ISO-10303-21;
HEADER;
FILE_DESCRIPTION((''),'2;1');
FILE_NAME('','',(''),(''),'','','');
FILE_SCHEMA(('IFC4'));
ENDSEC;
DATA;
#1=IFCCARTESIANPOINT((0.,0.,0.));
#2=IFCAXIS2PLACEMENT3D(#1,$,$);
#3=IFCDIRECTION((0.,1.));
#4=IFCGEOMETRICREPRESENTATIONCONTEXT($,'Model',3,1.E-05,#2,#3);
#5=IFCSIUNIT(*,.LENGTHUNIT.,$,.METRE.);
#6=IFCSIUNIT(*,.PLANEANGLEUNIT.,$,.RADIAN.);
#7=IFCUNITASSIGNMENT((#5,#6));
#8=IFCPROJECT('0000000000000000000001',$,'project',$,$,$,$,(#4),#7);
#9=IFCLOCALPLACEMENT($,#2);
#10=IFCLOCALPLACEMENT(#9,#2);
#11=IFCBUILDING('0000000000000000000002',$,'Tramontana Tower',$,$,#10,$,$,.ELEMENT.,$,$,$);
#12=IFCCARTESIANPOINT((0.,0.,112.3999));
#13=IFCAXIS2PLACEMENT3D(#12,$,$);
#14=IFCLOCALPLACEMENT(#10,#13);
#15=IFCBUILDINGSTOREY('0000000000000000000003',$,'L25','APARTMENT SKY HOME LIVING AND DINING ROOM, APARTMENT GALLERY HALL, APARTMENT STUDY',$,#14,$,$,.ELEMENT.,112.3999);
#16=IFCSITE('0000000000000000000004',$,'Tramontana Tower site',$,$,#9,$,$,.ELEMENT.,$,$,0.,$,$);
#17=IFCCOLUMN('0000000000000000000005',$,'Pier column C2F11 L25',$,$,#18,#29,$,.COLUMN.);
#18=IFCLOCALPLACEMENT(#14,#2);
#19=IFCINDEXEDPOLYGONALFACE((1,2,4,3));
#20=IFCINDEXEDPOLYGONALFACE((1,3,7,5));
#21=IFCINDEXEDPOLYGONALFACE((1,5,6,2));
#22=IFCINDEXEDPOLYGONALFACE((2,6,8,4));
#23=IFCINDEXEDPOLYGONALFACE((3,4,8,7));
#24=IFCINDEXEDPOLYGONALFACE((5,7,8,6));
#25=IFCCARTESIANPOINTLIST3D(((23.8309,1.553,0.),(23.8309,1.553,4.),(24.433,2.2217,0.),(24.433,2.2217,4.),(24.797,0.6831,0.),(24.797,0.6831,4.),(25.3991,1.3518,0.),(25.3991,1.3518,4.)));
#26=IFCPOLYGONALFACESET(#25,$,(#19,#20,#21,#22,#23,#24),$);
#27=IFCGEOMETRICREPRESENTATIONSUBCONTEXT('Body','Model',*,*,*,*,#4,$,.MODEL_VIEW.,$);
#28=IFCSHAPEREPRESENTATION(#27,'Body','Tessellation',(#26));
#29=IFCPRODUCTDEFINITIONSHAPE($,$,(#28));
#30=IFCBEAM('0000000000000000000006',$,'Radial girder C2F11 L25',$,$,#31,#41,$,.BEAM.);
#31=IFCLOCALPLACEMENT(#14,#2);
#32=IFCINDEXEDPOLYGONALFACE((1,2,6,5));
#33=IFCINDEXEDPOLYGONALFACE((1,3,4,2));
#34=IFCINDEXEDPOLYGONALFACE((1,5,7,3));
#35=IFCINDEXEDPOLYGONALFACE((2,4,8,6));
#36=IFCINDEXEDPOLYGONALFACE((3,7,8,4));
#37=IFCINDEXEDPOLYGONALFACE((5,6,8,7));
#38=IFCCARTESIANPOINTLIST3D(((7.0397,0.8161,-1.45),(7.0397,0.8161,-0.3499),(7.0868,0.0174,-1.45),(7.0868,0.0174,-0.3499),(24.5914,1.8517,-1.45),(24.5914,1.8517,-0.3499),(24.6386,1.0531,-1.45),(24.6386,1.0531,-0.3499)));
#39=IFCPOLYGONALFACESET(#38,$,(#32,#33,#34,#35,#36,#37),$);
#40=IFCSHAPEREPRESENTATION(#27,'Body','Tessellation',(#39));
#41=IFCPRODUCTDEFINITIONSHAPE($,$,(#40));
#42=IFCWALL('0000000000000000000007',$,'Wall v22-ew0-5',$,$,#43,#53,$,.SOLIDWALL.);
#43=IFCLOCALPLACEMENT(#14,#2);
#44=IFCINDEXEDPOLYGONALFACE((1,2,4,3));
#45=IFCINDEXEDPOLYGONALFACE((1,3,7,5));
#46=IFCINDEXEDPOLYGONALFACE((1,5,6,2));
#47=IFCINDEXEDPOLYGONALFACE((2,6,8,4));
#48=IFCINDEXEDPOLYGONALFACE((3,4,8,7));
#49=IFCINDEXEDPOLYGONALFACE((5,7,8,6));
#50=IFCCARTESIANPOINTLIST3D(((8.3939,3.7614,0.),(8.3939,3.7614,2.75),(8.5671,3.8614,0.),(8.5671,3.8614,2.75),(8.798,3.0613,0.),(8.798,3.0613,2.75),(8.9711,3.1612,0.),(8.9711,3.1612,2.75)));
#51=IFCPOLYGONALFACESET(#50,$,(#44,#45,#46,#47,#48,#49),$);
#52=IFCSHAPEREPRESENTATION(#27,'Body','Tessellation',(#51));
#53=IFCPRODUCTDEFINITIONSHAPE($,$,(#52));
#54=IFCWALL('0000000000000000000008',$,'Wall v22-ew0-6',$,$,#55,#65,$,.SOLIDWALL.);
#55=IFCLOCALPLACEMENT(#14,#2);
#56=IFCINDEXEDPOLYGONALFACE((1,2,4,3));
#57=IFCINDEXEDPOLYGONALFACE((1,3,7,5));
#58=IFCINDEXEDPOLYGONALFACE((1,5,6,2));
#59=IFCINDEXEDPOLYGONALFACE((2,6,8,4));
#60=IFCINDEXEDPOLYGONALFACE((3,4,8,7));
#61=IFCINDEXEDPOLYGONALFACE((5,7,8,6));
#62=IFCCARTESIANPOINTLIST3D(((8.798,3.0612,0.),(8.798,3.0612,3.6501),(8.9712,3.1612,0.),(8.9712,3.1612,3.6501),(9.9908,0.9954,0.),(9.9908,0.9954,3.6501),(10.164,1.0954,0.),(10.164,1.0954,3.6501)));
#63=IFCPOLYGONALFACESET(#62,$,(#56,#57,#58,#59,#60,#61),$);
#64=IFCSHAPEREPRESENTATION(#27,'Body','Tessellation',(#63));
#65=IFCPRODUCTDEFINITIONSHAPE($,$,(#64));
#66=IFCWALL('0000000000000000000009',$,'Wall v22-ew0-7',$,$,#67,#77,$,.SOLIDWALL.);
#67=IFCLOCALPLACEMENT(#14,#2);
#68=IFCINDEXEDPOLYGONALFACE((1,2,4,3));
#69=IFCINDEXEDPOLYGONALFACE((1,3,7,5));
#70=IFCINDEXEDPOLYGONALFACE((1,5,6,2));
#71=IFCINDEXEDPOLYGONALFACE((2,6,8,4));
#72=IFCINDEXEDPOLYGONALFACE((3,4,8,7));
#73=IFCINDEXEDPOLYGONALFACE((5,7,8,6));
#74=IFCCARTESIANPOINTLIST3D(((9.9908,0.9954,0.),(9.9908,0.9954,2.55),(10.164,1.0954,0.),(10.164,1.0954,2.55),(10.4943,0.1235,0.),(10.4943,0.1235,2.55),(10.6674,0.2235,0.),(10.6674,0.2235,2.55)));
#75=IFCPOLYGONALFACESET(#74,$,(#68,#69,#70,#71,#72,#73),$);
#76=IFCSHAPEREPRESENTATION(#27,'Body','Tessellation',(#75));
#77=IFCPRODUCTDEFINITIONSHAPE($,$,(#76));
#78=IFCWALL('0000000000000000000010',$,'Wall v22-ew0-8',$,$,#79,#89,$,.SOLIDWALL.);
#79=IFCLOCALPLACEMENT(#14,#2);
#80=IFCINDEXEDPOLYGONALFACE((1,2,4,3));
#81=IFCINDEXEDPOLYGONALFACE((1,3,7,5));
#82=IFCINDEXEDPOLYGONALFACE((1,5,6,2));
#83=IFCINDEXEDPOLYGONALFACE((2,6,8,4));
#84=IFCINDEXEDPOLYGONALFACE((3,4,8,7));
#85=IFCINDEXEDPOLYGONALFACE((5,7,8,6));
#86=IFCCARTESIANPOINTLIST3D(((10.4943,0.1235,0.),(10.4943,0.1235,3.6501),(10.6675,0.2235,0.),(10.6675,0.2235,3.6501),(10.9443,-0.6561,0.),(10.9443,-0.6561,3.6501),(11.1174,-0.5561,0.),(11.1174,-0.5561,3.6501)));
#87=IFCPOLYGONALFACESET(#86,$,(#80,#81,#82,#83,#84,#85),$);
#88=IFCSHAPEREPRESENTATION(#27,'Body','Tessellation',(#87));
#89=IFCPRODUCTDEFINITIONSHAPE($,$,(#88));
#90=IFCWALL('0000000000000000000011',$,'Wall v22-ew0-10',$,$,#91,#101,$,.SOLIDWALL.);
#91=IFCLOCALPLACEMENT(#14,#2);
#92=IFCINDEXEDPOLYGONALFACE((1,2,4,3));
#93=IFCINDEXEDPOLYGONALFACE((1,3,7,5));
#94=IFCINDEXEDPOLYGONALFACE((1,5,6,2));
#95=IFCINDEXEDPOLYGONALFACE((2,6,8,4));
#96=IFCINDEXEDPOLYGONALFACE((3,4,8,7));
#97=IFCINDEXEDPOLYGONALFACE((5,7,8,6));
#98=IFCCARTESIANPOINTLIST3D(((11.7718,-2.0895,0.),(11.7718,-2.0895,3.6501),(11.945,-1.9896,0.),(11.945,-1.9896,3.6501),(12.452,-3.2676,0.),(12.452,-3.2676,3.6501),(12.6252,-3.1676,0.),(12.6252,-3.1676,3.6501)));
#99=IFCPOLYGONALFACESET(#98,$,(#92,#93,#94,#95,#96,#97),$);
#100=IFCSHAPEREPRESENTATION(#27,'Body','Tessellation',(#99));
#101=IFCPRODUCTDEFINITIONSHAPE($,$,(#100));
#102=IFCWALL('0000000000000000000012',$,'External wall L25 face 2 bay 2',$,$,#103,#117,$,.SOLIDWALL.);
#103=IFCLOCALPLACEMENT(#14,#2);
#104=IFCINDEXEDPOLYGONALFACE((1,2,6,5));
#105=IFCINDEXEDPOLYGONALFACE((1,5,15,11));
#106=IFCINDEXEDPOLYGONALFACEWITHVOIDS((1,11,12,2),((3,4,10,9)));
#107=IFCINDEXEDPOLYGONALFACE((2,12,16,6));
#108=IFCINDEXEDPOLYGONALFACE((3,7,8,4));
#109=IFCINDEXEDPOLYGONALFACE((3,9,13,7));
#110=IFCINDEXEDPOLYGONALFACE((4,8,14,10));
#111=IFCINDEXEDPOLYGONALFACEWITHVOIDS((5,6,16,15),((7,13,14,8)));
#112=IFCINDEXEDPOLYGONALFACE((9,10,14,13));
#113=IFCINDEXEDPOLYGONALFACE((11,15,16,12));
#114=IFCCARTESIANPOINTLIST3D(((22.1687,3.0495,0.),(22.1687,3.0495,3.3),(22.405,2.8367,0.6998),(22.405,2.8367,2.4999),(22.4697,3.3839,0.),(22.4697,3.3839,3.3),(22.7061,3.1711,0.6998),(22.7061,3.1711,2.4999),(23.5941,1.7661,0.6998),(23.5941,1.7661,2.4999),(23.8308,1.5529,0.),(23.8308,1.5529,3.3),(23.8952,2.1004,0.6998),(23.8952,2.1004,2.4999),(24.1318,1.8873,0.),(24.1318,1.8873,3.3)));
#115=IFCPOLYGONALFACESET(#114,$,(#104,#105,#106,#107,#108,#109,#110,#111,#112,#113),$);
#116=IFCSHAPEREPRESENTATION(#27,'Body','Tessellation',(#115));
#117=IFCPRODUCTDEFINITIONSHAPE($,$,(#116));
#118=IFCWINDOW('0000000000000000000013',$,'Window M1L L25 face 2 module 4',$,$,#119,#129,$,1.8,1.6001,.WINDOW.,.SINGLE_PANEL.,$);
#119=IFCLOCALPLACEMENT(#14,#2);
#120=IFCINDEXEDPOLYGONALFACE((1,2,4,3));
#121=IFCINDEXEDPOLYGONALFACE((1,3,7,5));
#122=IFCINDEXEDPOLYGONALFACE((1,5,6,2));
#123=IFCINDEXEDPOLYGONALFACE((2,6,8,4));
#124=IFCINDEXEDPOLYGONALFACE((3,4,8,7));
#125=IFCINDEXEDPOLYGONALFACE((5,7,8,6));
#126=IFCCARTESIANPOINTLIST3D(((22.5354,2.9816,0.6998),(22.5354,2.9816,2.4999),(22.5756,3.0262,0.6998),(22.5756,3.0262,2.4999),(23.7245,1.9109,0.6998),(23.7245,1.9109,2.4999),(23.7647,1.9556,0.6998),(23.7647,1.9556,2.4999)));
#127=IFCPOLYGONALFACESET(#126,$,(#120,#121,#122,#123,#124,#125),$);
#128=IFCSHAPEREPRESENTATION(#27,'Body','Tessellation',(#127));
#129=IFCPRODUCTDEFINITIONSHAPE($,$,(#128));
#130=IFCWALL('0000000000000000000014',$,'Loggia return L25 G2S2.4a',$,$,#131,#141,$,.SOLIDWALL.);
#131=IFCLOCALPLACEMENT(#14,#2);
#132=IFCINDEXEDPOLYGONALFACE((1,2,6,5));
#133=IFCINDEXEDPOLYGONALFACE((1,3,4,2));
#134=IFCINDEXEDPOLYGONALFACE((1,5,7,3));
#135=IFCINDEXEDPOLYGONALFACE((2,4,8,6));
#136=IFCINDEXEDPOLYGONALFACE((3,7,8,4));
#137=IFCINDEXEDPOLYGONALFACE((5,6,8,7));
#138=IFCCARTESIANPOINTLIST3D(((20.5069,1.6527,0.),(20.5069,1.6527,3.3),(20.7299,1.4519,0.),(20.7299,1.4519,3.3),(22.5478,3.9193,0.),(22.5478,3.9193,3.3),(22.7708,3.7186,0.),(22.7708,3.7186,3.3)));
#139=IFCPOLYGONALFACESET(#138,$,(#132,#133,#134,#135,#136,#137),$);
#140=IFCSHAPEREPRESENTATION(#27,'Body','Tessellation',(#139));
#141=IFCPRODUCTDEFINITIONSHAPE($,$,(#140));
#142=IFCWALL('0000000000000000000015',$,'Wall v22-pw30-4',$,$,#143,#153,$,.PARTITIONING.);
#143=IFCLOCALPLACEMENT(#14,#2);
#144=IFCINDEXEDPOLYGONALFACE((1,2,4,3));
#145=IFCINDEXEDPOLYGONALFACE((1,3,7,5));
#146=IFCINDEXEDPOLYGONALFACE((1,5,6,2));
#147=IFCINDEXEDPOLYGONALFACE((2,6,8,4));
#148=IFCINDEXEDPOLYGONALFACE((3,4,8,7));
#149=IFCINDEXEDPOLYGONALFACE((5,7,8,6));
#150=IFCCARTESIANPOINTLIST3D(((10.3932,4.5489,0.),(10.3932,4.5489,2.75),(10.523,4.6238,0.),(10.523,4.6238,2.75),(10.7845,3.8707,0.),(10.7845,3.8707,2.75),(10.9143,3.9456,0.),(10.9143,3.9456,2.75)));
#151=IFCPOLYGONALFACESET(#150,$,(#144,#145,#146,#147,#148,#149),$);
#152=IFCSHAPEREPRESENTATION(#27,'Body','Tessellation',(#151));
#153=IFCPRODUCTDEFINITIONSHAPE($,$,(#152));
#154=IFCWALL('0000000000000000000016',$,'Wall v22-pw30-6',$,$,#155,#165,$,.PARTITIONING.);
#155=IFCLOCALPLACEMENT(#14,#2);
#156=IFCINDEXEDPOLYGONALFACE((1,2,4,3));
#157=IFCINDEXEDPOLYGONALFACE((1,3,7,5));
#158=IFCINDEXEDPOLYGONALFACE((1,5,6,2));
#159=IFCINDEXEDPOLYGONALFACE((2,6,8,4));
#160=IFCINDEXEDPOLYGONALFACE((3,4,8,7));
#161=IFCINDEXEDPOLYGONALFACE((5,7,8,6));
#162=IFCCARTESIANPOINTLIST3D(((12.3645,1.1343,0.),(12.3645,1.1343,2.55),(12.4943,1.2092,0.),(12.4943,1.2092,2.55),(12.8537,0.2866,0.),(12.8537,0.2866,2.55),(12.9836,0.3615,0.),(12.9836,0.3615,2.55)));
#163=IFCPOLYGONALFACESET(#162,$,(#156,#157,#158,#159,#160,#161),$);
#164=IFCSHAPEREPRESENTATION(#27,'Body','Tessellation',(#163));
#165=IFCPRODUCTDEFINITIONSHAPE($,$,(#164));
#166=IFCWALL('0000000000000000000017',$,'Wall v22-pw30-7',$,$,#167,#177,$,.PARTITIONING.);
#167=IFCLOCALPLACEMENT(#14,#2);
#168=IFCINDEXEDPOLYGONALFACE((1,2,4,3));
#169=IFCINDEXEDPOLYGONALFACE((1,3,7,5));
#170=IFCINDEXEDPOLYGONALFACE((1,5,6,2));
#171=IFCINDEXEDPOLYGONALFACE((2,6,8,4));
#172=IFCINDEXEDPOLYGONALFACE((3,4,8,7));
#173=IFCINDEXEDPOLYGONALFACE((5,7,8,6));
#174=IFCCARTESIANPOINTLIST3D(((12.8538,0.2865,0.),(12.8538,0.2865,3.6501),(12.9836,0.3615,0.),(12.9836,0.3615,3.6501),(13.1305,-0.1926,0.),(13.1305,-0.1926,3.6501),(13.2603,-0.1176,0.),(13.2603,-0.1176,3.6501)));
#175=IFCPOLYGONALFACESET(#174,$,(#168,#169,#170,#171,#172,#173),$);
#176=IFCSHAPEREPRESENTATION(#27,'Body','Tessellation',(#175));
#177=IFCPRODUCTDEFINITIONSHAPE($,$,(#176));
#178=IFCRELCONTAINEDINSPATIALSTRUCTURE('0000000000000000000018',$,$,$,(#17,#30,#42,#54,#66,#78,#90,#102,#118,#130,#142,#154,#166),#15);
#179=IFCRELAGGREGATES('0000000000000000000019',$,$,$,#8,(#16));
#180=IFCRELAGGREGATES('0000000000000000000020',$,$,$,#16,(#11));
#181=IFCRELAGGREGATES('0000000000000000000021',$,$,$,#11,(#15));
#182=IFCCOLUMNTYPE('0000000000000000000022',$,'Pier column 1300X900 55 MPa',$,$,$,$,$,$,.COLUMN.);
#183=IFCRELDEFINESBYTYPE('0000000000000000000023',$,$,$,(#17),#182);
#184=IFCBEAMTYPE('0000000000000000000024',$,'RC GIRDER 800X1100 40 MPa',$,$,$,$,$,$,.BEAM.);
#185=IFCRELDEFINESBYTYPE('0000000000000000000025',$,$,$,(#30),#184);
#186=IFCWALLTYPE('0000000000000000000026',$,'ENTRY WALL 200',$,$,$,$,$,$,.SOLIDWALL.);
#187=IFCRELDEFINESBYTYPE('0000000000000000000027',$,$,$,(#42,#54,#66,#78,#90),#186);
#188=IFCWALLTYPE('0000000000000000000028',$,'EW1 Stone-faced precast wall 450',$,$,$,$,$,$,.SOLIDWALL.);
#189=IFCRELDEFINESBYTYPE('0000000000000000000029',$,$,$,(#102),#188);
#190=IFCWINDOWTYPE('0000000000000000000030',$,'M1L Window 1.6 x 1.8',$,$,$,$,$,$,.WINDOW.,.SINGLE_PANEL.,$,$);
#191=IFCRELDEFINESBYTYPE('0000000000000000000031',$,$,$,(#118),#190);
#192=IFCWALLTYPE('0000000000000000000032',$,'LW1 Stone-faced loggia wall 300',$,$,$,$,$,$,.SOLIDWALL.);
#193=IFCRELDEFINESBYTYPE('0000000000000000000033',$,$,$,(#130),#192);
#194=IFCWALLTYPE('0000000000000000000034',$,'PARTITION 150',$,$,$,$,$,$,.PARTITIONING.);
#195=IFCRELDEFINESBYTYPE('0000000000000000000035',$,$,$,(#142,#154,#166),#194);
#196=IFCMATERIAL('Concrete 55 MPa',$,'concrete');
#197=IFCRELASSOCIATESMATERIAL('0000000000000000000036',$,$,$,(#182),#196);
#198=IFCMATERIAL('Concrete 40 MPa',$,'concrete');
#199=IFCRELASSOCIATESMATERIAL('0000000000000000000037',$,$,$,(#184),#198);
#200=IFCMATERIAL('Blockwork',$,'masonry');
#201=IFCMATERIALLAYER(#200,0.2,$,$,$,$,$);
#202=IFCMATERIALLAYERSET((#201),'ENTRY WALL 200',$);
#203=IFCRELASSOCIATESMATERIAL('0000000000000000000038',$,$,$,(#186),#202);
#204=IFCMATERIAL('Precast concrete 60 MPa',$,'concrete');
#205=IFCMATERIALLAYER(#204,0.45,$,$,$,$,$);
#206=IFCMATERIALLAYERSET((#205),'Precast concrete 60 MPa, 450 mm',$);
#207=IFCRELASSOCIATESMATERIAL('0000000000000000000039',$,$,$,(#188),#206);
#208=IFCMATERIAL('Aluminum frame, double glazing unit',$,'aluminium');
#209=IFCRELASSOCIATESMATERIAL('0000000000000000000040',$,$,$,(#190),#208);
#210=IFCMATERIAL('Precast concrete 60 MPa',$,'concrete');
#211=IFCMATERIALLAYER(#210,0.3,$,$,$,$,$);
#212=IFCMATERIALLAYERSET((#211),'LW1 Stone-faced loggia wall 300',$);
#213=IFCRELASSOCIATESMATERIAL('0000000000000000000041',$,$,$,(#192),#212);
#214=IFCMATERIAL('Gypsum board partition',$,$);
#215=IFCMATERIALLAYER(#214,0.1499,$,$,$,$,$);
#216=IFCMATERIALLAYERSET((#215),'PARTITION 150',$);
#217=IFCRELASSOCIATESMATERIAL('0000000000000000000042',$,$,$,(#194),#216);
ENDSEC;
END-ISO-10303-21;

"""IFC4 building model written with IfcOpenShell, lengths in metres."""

from ifc_helpers import new_model, si_unit, direction, frame, frame_2d, origin, origin_2d, place, context, subcontext, project, spatial, rectangle, extrude, material, layer, layer_set, material_profile, profile_set, type_object, element, fill, save


model = new_model("IFC4")

# Units and contexts
model_context = context("Model", 3, precision=1e-05, world=origin(), true_north=direction((0.0, 1.0)))
body_context = subcontext(model_context, "Body", "Model", "MODEL_VIEW")
ifc_project = project(units=[si_unit("LENGTHUNIT", "METRE"), si_unit("PLANEANGLEUNIT", "RADIAN")], contexts=[model_context])

# Site, building, storey
site_placement = place(None, origin())
site = spatial("IfcSite", under=ifc_project, at=site_placement, Name="Tramontana Tower site", CompositionType="ELEMENT", RefElevation=0.0)
building_placement = place(site_placement, origin())
building = spatial("IfcBuilding", under=site, at=building_placement, Name="Tramontana Tower", CompositionType="ELEMENT")
storey_placement = place(building_placement, frame((0.0, 0.0, 112.3999)))
storey = spatial("IfcBuildingStorey", under=building, at=storey_placement, Name="L25", Description="APARTMENT SKY HOME LIVING AND DINING ROOM, APARTMENT GALLERY HALL, APARTMENT STUDY", CompositionType="ELEMENT", Elevation=112.3999)

# Column
ifc_material_1 = material(Name="Concrete 55 MPa", Category="concrete")
ifc_material_profile_1 = material_profile(ifc_material_1, rectangle(XDim=1.3, YDim=0.8999, at=origin_2d()), Name="Pier column 1300X900 55 MPa")
ifc_profile_set_1 = profile_set([ifc_material_profile_1], Name="Concrete 55 MPa")
column_type = type_object("IfcColumnType", Name="Pier column 1300X900 55 MPa", PredefinedType="COLUMN", material=ifc_profile_set_1)
column_placement = place(storey_placement, frame((24.615, 1.4524, 0.0), z_axis=(0.0, 0.0, 1.0), x_axis=(-0.743145, 0.669131, 0.0)))
element("IfcColumn", 1, at=column_placement, inside=storey, type_object=column_type, Name="Pier column C2F11 L25", PredefinedType="COLUMN", context=body_context, shape_type="SweptSolid", body=[
    extrude(rectangle(XDim=1.3, YDim=0.8999, at=origin_2d()), origin(), (0.0, 0.0, 1.0), 4.0),
])

# Beam
ifc_material_2 = material(Name="Concrete 40 MPa", Category="concrete")
ifc_material_profile_2 = material_profile(ifc_material_2, rectangle(XDim=0.8, YDim=1.1001, at=origin_2d()), Name="RC GIRDER 800X1100 40 MPa")
ifc_profile_set_2 = profile_set([ifc_material_profile_2], Name="Concrete 40 MPa")
beam_type = type_object("IfcBeamType", Name="RC GIRDER 800X1100 40 MPa", PredefinedType="BEAM", material=ifc_profile_set_2)
beam_placement = place(storey_placement, frame((24.615, 1.4524, -0.8999), z_axis=(-0.998264, -0.058903, 0.0), x_axis=(0.058903, -0.998264, 0.0)))
element("IfcBeam", 2, at=beam_placement, inside=storey, type_object=beam_type, Name="Radial girder C2F11 L25", PredefinedType="BEAM", context=body_context, shape_type="SweptSolid", body=[
    extrude(rectangle(XDim=0.8, YDim=1.1001, at=origin_2d()), origin(), (0.0, 0.0, 1.0), 17.5823),
])

# Walls
ifc_material_3 = material(Name="Blockwork", Category="masonry")
ifc_layer_1 = layer(ifc_material_3, 0.2)
ifc_layer_set_1 = layer_set([ifc_layer_1], Name="ENTRY WALL 200")
wall_type_1 = type_object("IfcWallType", Name="ENTRY WALL 200", PredefinedType="SOLIDWALL", material=ifc_layer_set_1)
wall_1_placement = place(storey_placement, frame((8.4805, 3.8115, 0.0), z_axis=(0.0, 0.0, 1.0), x_axis=(0.49981, -0.866135, 0.0)))
element("IfcWall", 3, at=wall_1_placement, inside=storey, type_object=wall_type_1, Name="Wall v22-ew0-5", PredefinedType="SOLIDWALL", context=body_context, shape_type="SweptSolid", body=[
    extrude(rectangle(XDim=0.8083, YDim=0.2, at=frame_2d((0.4043, 0.0))), origin(), (0.0, 0.0, 1.0), 2.75),
])
wall_2_placement = place(storey_placement, frame((8.8845, 3.1113, 0.0), z_axis=(0.0, 0.0, 1.0), x_axis=(0.500035, -0.866005, 0.0)))
element("IfcWall", 4, at=wall_2_placement, inside=storey, type_object=wall_type_1, Name="Wall v22-ew0-6", PredefinedType="SOLIDWALL", context=body_context, shape_type="SweptSolid", body=[
    extrude(rectangle(XDim=2.3855, YDim=0.2, at=frame_2d((1.1929, 0.0))), origin(), (0.0, 0.0, 1.0), 3.6501),
])
wall_3_placement = place(storey_placement, frame((10.0774, 1.0454, 0.0), z_axis=(0.0, 0.0, 1.0), x_axis=(0.500051, -0.865996, 0.0)))
element("IfcWall", 5, at=wall_3_placement, inside=storey, type_object=wall_type_1, Name="Wall v22-ew0-7", PredefinedType="SOLIDWALL", context=body_context, shape_type="SweptSolid", body=[
    extrude(rectangle(XDim=1.0068, YDim=0.2, at=frame_2d((0.5034, 0.0))), origin(), (0.0, 0.0, 1.0), 2.55),
])
wall_4_placement = place(storey_placement, frame((10.5808, 0.1736, 0.0), z_axis=(0.0, 0.0, 1.0), x_axis=(0.499902, -0.866082, 0.0)))
element("IfcWall", 6, at=wall_4_placement, inside=storey, type_object=wall_type_1, Name="Wall v22-ew0-8", PredefinedType="SOLIDWALL", context=body_context, shape_type="SweptSolid", body=[
    extrude(rectangle(XDim=0.9001, YDim=0.2, at=frame_2d((0.4502, 0.0))), origin(), (0.0, 0.0, 1.0), 3.6501),
])

# Wall
wall_5_placement = place(storey_placement, frame((11.8584, -2.0396, 0.0), z_axis=(0.0, 0.0, 1.0), x_axis=(0.500038, -0.866003, 0.0)))
element("IfcWall", 7, at=wall_5_placement, inside=storey, type_object=wall_type_1, Name="Wall v22-ew0-10", PredefinedType="SOLIDWALL", context=body_context, shape_type="SweptSolid", body=[
    extrude(rectangle(XDim=1.3604, YDim=0.2, at=frame_2d((0.6802, 0.0))), origin(), (0.0, 0.0, 1.0), 3.6501),
])

# Wall, opening, window
ifc_material_4 = material(Name="Precast concrete 60 MPa", Category="concrete")
ifc_layer_2 = layer(ifc_material_4, 0.45)
ifc_layer_set_2 = layer_set([ifc_layer_2], Name="Precast concrete 60 MPa, 450 mm")
wall_type_2 = type_object("IfcWallType", Name="EW1 Stone-faced precast wall 450", PredefinedType="SOLIDWALL", material=ifc_layer_set_2)
wall_6_placement = place(storey_placement, frame((23.9812, 1.7202, 0.0), z_axis=(0.0, 0.0, 1.0), x_axis=(-0.743142, 0.669134, 0.0)))
wall_6 = element("IfcWall", 8, at=wall_6_placement, inside=storey, type_object=wall_type_2, Name="External wall L25 face 2 bay 2", PredefinedType="SOLIDWALL", context=body_context, shape_type="SweptSolid", body=[
    extrude(rectangle(XDim=2.2366, YDim=0.45, at=frame_2d((1.1182, 0.0))), origin(), (0.0, 0.0, 1.0), 3.3),
])
opening_1_placement = place(wall_6_placement, frame((0.3184, 0.0, 0.7)))
opening_1 = element("IfcOpeningElement", 9, at=opening_1_placement, cuts=wall_6, PredefinedType="OPENING", context=body_context, shape_type="SweptSolid", body=[
    extrude(rectangle(XDim=1.6001, YDim=1.8, at=frame_2d((0.8, 0.8999))), frame((0.0, 0.2349, 0.0), z_axis=(0.0, -1.0, 0.0), x_axis=(1.0, 0.0, 0.0)), (0.0, 0.0, 1.0), 0.47),
])
ifc_material_5 = material(Name="Aluminum frame, double glazing unit", Category="aluminium")
window_type = type_object("IfcWindowType", Name="M1L Window 1.6 x 1.8", PartitioningType="SINGLE_PANEL", PredefinedType="WINDOW", material=ifc_material_5)
window_placement = place(opening_1_placement, origin())
window = element("IfcWindow", 10, at=window_placement, inside=storey, type_object=window_type, Name="Window M1L L25 face 2 module 4", OverallHeight=1.8, OverallWidth=1.6001, PartitioningType="SINGLE_PANEL", PredefinedType="WINDOW", context=body_context, shape_type="SweptSolid", body=[
    extrude(rectangle(XDim=1.6001, YDim=1.8, at=frame_2d((0.8, 0.8999))), frame((0.0, 0.03, 0.0), z_axis=(0.0, -1.0, 0.0), x_axis=(1.0, 0.0, 0.0)), (0.0, 0.0, 1.0), 0.0601),
])
fill(opening_1, window)

# Shared definitions
ifc_material_6 = material(Name="Precast concrete 60 MPa", Category="concrete")
ifc_layer_3 = layer(ifc_material_6, 0.3)
ifc_layer_set_3 = layer_set([ifc_layer_3], Name="LW1 Stone-faced loggia wall 300")
wall_type_3 = type_object("IfcWallType", Name="LW1 Stone-faced loggia wall 300", PredefinedType="SOLIDWALL", material=ifc_layer_set_3)

# Walls
wall_7_placement = place(storey_placement, frame((22.6592, 3.8188, 0.0), z_axis=(0.0, 0.0, 1.0), x_axis=(-0.669115, -0.743159, 0.0)))
element("IfcWall", 11, at=wall_7_placement, inside=storey, type_object=wall_type_3, Name="Loggia return L25 G2S2.4a", PredefinedType="SOLIDWALL", context=body_context, shape_type="SweptSolid", body=[
    extrude(rectangle(XDim=3.05, YDim=0.3, at=frame_2d((1.5249, 0.0))), origin(), (0.0, 0.0, 1.0), 3.3),
])
ifc_material_7 = material(Name="Gypsum board partition")
ifc_layer_4 = layer(ifc_material_7, 0.1499)
ifc_layer_set_4 = layer_set([ifc_layer_4], Name="PARTITION 150")
wall_type_4 = type_object("IfcWallType", Name="PARTITION 150", PredefinedType="PARTITIONING", material=ifc_layer_set_4)
wall_8_placement = place(storey_placement, frame((10.458, 4.5864, 0.0), z_axis=(0.0, 0.0, 1.0), x_axis=(0.499794, -0.866144, 0.0)))
element("IfcWall", 12, at=wall_8_placement, inside=storey, type_object=wall_type_4, Name="Wall v22-pw30-4", PredefinedType="PARTITIONING", context=body_context, shape_type="SweptSolid", body=[
    extrude(rectangle(XDim=0.783, YDim=0.1499, at=frame_2d((0.3916, 0.0))), origin(), (0.0, 0.0, 1.0), 2.75),
])

# Walls
wall_9_placement = place(storey_placement, frame((12.4294, 1.1716, 0.0), z_axis=(0.0, 0.0, 1.0), x_axis=(0.499895, -0.866086, 0.0)))
element("IfcWall", 13, at=wall_9_placement, inside=storey, type_object=wall_type_4, Name="Wall v22-pw30-6", PredefinedType="PARTITIONING", context=body_context, shape_type="SweptSolid", body=[
    extrude(rectangle(XDim=0.9788, YDim=0.1499, at=frame_2d((0.4893, 0.0))), origin(), (0.0, 0.0, 1.0), 2.55),
])
wall_10_placement = place(storey_placement, frame((12.9187, 0.324, 0.0), z_axis=(0.0, 0.0, 1.0), x_axis=(0.500079, -0.86598, 0.0)))
element("IfcWall", 14, at=wall_10_placement, inside=storey, type_object=wall_type_4, Name="Wall v22-pw30-7", PredefinedType="PARTITIONING", context=body_context, shape_type="SweptSolid", body=[
    extrude(rectangle(XDim=0.5532, YDim=0.1499, at=frame_2d((0.2766, 0.0))), origin(), (0.0, 0.0, 1.0), 3.6501),
])

save(model, "model.ifc")
